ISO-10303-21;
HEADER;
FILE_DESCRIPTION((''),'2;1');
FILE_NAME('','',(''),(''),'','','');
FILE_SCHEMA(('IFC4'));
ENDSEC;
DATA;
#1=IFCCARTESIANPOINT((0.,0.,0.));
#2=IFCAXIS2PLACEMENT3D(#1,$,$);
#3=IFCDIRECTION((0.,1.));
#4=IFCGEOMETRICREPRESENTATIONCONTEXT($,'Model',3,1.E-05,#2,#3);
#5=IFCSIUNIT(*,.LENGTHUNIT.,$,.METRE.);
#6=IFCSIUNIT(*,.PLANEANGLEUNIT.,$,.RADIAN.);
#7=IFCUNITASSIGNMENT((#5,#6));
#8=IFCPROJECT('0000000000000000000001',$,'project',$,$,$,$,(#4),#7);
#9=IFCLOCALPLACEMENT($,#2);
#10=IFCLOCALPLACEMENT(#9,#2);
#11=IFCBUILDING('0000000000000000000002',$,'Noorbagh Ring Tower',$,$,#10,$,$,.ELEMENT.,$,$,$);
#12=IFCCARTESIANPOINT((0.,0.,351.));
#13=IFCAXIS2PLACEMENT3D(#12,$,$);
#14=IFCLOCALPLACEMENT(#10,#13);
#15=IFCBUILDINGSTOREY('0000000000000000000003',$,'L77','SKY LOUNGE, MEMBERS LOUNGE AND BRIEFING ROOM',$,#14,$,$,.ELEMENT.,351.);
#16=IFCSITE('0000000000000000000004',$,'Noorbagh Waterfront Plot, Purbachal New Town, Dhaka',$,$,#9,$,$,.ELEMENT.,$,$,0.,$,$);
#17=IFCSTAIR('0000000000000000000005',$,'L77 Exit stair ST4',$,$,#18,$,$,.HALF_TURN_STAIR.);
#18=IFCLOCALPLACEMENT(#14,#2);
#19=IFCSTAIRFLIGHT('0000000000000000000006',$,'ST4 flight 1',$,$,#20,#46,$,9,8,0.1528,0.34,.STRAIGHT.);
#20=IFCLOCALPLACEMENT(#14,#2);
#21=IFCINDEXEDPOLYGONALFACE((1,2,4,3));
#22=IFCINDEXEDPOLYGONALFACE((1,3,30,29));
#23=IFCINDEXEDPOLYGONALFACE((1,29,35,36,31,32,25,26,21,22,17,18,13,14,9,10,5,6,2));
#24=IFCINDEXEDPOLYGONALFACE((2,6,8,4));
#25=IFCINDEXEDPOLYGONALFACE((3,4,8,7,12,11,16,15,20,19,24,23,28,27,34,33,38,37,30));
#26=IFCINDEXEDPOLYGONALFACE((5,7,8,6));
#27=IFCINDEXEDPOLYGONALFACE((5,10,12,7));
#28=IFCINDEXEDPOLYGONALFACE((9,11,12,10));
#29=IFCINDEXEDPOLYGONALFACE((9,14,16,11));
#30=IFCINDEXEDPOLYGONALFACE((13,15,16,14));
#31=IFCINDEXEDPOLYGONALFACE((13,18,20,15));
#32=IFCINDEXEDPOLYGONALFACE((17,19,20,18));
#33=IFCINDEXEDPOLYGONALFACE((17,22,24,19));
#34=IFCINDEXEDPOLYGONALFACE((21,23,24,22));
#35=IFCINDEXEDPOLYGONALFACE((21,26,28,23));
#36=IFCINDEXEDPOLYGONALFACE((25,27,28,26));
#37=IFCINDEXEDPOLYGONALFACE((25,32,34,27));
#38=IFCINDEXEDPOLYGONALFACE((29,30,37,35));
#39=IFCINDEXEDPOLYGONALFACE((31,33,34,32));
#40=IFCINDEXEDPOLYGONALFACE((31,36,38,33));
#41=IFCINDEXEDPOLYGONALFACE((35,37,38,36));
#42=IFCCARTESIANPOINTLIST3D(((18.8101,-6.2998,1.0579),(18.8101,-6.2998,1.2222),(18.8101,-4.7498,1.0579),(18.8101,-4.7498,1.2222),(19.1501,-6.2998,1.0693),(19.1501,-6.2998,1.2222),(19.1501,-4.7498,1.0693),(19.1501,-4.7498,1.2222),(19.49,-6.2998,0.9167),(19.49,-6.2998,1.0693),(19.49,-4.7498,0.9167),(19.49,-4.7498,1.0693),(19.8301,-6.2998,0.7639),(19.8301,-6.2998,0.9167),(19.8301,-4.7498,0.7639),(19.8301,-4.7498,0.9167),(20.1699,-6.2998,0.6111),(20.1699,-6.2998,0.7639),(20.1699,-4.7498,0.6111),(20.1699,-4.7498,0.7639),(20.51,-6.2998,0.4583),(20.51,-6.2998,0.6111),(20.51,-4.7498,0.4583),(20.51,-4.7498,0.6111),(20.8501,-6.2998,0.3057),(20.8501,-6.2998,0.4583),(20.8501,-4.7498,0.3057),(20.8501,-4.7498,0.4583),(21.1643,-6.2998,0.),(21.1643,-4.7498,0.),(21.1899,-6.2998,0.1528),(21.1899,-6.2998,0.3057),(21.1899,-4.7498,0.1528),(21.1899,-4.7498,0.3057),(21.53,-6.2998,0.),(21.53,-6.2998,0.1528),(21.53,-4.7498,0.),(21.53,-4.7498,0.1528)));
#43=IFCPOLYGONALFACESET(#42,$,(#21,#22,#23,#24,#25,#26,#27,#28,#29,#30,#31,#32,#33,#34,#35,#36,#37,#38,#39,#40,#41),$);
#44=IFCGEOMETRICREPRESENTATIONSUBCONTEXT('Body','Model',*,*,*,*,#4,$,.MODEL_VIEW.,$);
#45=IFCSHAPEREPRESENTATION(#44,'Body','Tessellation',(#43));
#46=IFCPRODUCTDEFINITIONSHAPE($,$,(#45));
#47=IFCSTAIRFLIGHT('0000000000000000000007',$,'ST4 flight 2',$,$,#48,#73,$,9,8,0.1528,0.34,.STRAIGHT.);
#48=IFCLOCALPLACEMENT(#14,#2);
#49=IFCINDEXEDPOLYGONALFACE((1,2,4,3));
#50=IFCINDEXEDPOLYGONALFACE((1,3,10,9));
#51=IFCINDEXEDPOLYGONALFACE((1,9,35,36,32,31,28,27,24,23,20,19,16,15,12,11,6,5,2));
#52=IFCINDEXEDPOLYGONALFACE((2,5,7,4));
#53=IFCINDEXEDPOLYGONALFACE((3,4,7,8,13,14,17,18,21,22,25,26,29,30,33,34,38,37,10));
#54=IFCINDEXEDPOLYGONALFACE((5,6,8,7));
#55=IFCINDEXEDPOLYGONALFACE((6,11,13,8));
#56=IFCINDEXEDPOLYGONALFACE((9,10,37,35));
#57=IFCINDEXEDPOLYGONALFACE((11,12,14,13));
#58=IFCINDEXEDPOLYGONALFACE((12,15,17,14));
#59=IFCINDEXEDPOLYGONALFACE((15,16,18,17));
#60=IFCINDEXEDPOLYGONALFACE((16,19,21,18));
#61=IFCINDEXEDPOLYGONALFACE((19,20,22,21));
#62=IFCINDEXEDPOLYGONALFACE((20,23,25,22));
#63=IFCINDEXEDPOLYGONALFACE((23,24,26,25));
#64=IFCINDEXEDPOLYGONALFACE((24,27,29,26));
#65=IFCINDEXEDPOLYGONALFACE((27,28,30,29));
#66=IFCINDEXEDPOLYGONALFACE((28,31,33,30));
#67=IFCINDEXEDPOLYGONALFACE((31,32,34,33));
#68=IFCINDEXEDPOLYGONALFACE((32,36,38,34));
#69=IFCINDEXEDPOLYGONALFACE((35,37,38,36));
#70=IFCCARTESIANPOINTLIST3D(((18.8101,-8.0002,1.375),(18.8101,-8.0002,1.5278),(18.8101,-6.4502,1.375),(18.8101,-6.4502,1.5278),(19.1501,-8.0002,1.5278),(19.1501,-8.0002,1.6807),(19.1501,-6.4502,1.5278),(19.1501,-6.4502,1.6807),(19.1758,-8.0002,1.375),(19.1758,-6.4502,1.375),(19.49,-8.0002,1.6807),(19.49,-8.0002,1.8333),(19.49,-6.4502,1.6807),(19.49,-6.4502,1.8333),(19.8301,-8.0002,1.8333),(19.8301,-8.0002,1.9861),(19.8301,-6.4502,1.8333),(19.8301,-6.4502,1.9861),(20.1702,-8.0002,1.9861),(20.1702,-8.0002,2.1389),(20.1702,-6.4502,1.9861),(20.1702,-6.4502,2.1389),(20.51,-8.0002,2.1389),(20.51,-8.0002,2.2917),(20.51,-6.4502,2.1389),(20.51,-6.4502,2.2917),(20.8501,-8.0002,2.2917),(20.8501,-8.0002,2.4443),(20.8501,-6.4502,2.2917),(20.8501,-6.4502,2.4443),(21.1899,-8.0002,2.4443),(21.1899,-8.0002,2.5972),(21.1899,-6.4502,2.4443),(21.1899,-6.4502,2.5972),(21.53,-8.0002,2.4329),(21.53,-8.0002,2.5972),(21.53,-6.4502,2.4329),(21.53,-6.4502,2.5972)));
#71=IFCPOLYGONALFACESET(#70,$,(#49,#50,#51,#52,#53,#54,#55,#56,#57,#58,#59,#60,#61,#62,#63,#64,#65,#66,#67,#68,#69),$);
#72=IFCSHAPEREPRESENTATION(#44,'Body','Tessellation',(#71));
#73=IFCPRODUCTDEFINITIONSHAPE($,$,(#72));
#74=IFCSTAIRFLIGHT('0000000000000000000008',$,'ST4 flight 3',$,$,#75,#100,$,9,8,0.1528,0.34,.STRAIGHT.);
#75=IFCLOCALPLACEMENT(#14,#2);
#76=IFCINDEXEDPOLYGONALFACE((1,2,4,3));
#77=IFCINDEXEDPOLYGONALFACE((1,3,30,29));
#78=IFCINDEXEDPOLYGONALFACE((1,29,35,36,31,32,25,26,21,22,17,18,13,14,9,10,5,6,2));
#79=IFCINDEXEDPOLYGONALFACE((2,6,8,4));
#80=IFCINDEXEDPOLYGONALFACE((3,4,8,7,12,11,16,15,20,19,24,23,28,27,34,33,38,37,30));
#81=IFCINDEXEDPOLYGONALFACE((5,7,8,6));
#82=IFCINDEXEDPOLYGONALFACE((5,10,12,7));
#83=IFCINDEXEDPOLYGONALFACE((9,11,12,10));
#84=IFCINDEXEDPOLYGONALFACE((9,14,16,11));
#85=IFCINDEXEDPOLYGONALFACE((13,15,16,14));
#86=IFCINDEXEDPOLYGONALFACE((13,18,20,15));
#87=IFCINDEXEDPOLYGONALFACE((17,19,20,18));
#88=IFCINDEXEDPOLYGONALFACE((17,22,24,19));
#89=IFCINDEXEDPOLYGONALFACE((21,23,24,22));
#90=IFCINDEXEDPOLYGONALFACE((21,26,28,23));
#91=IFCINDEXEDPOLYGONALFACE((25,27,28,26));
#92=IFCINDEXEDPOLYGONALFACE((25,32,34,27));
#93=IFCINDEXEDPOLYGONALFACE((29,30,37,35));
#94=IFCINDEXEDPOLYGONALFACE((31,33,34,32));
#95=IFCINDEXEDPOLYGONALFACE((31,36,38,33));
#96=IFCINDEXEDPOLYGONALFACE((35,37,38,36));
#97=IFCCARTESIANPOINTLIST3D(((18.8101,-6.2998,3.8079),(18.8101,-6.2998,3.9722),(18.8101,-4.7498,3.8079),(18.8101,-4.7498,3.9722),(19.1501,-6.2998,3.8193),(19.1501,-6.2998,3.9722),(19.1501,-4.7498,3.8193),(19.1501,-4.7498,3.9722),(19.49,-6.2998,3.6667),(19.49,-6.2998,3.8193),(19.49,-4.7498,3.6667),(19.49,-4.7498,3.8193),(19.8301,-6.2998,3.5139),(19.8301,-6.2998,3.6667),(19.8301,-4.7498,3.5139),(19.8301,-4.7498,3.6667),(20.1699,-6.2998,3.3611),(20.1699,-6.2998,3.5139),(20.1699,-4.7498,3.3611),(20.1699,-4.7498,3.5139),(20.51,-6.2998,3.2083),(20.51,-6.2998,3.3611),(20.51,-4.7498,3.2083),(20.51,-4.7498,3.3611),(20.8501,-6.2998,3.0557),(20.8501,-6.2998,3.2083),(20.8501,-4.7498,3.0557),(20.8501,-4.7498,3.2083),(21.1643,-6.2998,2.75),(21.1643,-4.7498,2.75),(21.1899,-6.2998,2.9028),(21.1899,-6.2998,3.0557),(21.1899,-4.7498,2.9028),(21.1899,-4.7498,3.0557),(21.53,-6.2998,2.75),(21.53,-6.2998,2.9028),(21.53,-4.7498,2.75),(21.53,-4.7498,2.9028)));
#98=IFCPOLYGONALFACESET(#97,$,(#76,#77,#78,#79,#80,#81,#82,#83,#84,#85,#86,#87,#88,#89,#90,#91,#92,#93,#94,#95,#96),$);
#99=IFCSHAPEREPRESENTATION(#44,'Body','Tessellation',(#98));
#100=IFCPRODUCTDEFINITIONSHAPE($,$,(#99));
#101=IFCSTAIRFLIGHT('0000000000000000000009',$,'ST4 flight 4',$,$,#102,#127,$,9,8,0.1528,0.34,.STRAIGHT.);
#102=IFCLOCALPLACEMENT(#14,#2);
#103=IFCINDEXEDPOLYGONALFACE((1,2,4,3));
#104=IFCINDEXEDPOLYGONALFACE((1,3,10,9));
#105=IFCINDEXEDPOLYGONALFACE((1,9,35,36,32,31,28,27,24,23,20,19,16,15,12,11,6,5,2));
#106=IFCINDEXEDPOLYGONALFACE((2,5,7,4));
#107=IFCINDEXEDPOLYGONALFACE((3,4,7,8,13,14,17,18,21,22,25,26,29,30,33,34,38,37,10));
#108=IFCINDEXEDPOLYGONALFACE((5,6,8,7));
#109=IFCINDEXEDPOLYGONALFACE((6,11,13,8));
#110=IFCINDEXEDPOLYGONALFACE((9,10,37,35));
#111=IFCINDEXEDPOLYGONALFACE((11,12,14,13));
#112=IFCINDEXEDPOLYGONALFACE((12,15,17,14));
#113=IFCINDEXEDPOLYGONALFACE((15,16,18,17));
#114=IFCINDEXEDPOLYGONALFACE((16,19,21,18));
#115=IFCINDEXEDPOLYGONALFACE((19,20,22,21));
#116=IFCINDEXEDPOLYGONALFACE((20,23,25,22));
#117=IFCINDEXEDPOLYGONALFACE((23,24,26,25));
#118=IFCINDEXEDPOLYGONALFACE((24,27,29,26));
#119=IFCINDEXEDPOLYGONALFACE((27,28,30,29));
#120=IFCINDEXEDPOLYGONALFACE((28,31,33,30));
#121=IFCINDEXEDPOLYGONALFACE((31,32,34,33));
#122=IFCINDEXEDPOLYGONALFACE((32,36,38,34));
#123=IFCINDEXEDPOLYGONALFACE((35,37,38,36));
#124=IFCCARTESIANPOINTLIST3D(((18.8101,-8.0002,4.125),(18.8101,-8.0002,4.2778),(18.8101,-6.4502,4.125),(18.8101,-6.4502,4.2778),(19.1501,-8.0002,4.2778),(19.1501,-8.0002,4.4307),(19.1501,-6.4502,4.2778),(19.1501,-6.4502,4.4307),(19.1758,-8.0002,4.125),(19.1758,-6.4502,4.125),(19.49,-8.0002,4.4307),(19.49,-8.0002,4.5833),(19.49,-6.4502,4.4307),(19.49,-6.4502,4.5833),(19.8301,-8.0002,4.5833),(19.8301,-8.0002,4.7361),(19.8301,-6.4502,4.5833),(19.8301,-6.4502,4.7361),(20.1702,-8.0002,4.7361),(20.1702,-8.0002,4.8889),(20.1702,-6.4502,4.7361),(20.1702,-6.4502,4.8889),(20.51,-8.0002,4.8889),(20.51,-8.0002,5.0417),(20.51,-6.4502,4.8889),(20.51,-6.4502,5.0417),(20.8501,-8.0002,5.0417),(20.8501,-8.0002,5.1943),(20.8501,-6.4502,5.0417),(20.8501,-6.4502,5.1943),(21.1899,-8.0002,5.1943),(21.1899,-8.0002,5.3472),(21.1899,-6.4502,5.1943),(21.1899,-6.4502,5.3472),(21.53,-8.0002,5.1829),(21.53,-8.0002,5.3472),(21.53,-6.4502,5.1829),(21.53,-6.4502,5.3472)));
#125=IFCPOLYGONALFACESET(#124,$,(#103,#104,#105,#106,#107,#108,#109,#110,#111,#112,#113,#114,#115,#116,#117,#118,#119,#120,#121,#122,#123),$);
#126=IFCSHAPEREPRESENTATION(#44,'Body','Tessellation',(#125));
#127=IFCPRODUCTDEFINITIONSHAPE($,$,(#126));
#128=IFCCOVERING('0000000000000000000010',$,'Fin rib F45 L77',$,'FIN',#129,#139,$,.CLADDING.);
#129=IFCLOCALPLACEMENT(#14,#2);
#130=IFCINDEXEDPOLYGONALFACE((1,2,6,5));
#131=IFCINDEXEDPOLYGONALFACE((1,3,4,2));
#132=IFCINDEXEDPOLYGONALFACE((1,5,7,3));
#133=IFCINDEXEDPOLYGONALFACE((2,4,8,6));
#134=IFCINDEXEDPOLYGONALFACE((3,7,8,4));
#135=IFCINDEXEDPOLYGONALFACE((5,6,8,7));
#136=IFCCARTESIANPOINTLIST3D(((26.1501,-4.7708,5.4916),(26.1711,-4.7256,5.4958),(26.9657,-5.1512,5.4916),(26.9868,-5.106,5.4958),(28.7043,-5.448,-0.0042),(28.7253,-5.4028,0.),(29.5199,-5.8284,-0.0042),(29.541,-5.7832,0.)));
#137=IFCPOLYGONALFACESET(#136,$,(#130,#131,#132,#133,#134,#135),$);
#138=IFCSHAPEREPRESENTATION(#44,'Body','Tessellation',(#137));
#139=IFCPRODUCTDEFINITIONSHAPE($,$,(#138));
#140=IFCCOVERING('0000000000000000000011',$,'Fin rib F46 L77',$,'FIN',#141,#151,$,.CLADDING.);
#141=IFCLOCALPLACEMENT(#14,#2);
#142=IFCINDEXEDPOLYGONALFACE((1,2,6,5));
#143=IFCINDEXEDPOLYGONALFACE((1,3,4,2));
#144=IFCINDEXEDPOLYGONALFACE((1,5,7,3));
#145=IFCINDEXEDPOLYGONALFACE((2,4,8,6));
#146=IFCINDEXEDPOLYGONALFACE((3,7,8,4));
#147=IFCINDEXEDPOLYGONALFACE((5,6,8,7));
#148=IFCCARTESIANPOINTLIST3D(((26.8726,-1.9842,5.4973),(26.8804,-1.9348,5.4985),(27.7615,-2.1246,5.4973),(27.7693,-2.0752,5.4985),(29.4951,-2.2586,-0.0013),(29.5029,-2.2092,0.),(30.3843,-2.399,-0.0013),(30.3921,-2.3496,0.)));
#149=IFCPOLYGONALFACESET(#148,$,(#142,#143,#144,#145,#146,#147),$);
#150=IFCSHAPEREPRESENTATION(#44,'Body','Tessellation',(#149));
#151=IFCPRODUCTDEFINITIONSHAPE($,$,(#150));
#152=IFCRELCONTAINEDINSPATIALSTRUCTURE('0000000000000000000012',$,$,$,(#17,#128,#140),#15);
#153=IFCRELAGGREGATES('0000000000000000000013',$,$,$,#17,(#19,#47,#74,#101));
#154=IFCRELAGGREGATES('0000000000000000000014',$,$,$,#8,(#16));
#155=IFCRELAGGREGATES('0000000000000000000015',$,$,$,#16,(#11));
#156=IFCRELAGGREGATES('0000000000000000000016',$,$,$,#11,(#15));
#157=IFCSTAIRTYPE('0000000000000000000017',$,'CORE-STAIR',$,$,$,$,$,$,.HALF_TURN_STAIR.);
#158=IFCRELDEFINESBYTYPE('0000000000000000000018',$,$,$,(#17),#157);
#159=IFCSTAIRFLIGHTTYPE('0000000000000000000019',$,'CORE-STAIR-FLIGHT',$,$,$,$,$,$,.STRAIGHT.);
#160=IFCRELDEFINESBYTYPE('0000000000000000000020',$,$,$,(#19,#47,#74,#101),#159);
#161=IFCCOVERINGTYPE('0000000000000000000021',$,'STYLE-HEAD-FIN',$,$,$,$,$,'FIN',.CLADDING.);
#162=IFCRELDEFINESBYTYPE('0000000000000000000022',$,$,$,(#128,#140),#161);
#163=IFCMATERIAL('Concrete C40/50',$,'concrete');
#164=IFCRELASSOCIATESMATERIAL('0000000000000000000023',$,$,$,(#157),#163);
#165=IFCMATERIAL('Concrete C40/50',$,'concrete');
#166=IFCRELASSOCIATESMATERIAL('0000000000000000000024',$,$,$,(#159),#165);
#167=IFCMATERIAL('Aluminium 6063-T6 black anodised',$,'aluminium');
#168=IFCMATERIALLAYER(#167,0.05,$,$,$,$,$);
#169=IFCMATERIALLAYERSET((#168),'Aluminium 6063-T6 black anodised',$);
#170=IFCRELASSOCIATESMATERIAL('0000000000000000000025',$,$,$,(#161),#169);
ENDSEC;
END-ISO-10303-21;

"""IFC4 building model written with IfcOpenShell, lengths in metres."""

from ifc_helpers import new_model, si_unit, direction, frame, origin, place, context, subcontext, project, spatial, polyline, outline, extrude, material, layer, layer_set, type_object, element, aggregate, save


model = new_model("IFC4")

# Units and contexts
model_context = context("Model", 3, precision=1e-05, world=origin(), true_north=direction((0.0, 1.0)))
body_context = subcontext(model_context, "Body", "Model", "MODEL_VIEW")
ifc_project = project(units=[si_unit("LENGTHUNIT", "METRE"), si_unit("PLANEANGLEUNIT", "RADIAN")], contexts=[model_context])

# Site, building, storey
site_placement = place(None, origin())
site = spatial("IfcSite", under=ifc_project, at=site_placement, Name="Noorbagh Waterfront Plot, Purbachal New Town, Dhaka", CompositionType="ELEMENT", RefElevation=0.0)
building_placement = place(site_placement, origin())
building = spatial("IfcBuilding", under=site, at=building_placement, Name="Noorbagh Ring Tower", CompositionType="ELEMENT")
storey_placement = place(building_placement, frame((0.0, 0.0, 351.0)))
storey = spatial("IfcBuildingStorey", under=building, at=storey_placement, Name="L77", Description="SKY LOUNGE, MEMBERS LOUNGE AND BRIEFING ROOM", CompositionType="ELEMENT", Elevation=351.0)

# Stair, stair flights
ifc_material_1 = material(Name="Concrete C40/50", Category="concrete")
stair_type = type_object("IfcStairType", Name="CORE-STAIR", PredefinedType="HALF_TURN_STAIR", material=ifc_material_1)
stair_placement = place(storey_placement, origin())
stair = element("IfcStair", 1, at=stair_placement, inside=storey, type_object=stair_type, Name="L77 Exit stair ST4", PredefinedType="HALF_TURN_STAIR")
ifc_material_2 = material(Name="Concrete C40/50", Category="concrete")
stair_flight_type = type_object("IfcStairFlightType", Name="CORE-STAIR-FLIGHT", PredefinedType="STRAIGHT", material=ifc_material_2)
stair_flight_1_placement = place(storey_placement, frame((21.53, -5.5249, 0.0), z_axis=(0.0, 0.0, 1.0), x_axis=(-1.0, 0.0, 0.0)))
stair_flight_1 = element("IfcStairFlight", 2, at=stair_flight_1_placement, type_object=stair_flight_type, Name="ST4 flight 1", NumberOfRisers=9, NumberOfTreads=8, PredefinedType="STRAIGHT", RiserHeight=0.1528, TreadLength=0.34, context=body_context, shape_type="SweptSolid", body=[
    extrude(outline(polyline([(0.0, 0.0), (0.0, 0.1528), (0.3401, 0.1528), (0.3401, 0.3057), (0.6799, 0.3057), (0.6799, 0.4583), (1.02, 0.4583), (1.02, 0.6111), (1.3601, 0.6111), (1.3601, 0.7639), (1.7, 0.7639), (1.7, 0.9167), (2.04, 0.9167), (2.04, 1.0693), (2.3799, 1.0693), (2.3799, 1.2222), (2.72, 1.2222), (2.72, 1.375), (2.72, 1.0579), (0.3657, 0.0), (0.0, 0.0)])), frame((0.0, 0.7749, 0.0), z_axis=(0.0, -1.0, 0.0), x_axis=(1.0, 0.0, 0.0)), (0.0, 0.0, 1.0), 1.55),
])
stair_flight_2_placement = place(storey_placement, frame((18.8101, -7.2251, 1.375), z_axis=(0.0, 0.0, 1.0), x_axis=(1.0, 0.0, 0.0)))
stair_flight_2 = element("IfcStairFlight", 3, at=stair_flight_2_placement, type_object=stair_flight_type, Name="ST4 flight 2", NumberOfRisers=9, NumberOfTreads=8, PredefinedType="STRAIGHT", RiserHeight=0.1528, TreadLength=0.34, context=body_context, shape_type="SweptSolid", body=[
    extrude(outline(polyline([(0.0, 0.0), (0.0, 0.1528), (0.3401, 0.1528), (0.3401, 0.3057), (0.6799, 0.3057), (0.6799, 0.4583), (1.02, 0.4583), (1.02, 0.6111), (1.3601, 0.6111), (1.3601, 0.7639), (1.7, 0.7639), (1.7, 0.9167), (2.04, 0.9167), (2.04, 1.0693), (2.3799, 1.0693), (2.3799, 1.2222), (2.72, 1.2222), (2.72, 1.375), (2.72, 1.0579), (0.3657, 0.0), (0.0, 0.0)])), frame((0.0, 0.7749, 0.0), z_axis=(0.0, -1.0, 0.0), x_axis=(1.0, 0.0, 0.0)), (0.0, 0.0, 1.0), 1.55),
])
stair_flight_3_placement = place(storey_placement, frame((21.53, -5.5249, 2.75), z_axis=(0.0, 0.0, 1.0), x_axis=(-1.0, 0.0, 0.0)))
stair_flight_3 = element("IfcStairFlight", 4, at=stair_flight_3_placement, type_object=stair_flight_type, Name="ST4 flight 3", NumberOfRisers=9, NumberOfTreads=8, PredefinedType="STRAIGHT", RiserHeight=0.1528, TreadLength=0.34, context=body_context, shape_type="SweptSolid", body=[
    extrude(outline(polyline([(0.0, 0.0), (0.0, 0.1528), (0.3401, 0.1528), (0.3401, 0.3057), (0.6799, 0.3057), (0.6799, 0.4583), (1.02, 0.4583), (1.02, 0.6111), (1.3601, 0.6111), (1.3601, 0.7639), (1.7, 0.7639), (1.7, 0.9167), (2.04, 0.9167), (2.04, 1.0693), (2.3799, 1.0693), (2.3799, 1.2222), (2.72, 1.2222), (2.72, 1.375), (2.72, 1.0579), (0.3657, 0.0), (0.0, 0.0)])), frame((0.0, 0.7749, 0.0), z_axis=(0.0, -1.0, 0.0), x_axis=(1.0, 0.0, 0.0)), (0.0, 0.0, 1.0), 1.55),
])
stair_flight_4_placement = place(storey_placement, frame((18.8101, -7.2251, 4.125), z_axis=(0.0, 0.0, 1.0), x_axis=(1.0, 0.0, 0.0)))
stair_flight_4 = element("IfcStairFlight", 5, at=stair_flight_4_placement, type_object=stair_flight_type, Name="ST4 flight 4", NumberOfRisers=9, NumberOfTreads=8, PredefinedType="STRAIGHT", RiserHeight=0.1528, TreadLength=0.34, context=body_context, shape_type="SweptSolid", body=[
    extrude(outline(polyline([(0.0, 0.0), (0.0, 0.1528), (0.3401, 0.1528), (0.3401, 0.3057), (0.6799, 0.3057), (0.6799, 0.4583), (1.02, 0.4583), (1.02, 0.6111), (1.3601, 0.6111), (1.3601, 0.7639), (1.7, 0.7639), (1.7, 0.9167), (2.04, 0.9167), (2.04, 1.0693), (2.3799, 1.0693), (2.3799, 1.2222), (2.72, 1.2222), (2.72, 1.375), (2.72, 1.0579), (0.3657, 0.0), (0.0, 0.0)])), frame((0.0, 0.7749, 0.0), z_axis=(0.0, -1.0, 0.0), x_axis=(1.0, 0.0, 0.0)), (0.0, 0.0, 1.0), 1.55),
])
aggregate(stair, [stair_flight_1, stair_flight_2, stair_flight_3, stair_flight_4])

# Coverings
ifc_material_3 = material(Name="Aluminium 6063-T6 black anodised", Category="aluminium")
ifc_layer_1 = layer(ifc_material_3, 0.05)
ifc_layer_set_1 = layer_set([ifc_layer_1], Name="Aluminium 6063-T6 black anodised")
covering_type_1 = type_object("IfcCoveringType", Name="STYLE-HEAD-FIN", ElementType="FIN", PredefinedType="CLADDING", material=ifc_layer_set_1)
covering_1_placement = place(storey_placement, frame((29.541, -5.7832, 0.0), z_axis=(0.421124, 0.903065, 0.084434), x_axis=(-0.418851, 0.111058, 0.901238)))
element("IfcCovering", 6, at=covering_1_placement, inside=storey, type_object=covering_type_1, Name="Fin rib F45 L77", ObjectType="FIN", PredefinedType="CLADDING", context=body_context, shape_type="SweptSolid", body=[
    extrude(outline(polyline([(0.0, 0.0), (6.0981, 0.0), (6.482, -0.814), (0.3839, -0.814), (0.0, 0.0)])), origin(), (0.0, 0.0, -1.0), 0.05),
])
covering_2_placement = place(storey_placement, frame((30.3921, -2.3496, 0.0), z_axis=(0.15592, 0.987451, 0.02509), x_axis=(-0.430093, 0.045002, 0.901662)))
element("IfcCovering", 7, at=covering_2_placement, inside=storey, type_object=covering_type_1, Name="Fin rib F46 L77", ObjectType="FIN", PredefinedType="CLADDING", context=body_context, shape_type="SweptSolid", body=[
    extrude(outline(polyline([(0.0, 0.0), (6.0982, 0.0), (6.4869, -0.8117), (0.3887, -0.8119), (0.0, 0.0)])), origin(), (0.0, 0.0, -1.0), 0.05),
])

save(model, "model.ifc")
